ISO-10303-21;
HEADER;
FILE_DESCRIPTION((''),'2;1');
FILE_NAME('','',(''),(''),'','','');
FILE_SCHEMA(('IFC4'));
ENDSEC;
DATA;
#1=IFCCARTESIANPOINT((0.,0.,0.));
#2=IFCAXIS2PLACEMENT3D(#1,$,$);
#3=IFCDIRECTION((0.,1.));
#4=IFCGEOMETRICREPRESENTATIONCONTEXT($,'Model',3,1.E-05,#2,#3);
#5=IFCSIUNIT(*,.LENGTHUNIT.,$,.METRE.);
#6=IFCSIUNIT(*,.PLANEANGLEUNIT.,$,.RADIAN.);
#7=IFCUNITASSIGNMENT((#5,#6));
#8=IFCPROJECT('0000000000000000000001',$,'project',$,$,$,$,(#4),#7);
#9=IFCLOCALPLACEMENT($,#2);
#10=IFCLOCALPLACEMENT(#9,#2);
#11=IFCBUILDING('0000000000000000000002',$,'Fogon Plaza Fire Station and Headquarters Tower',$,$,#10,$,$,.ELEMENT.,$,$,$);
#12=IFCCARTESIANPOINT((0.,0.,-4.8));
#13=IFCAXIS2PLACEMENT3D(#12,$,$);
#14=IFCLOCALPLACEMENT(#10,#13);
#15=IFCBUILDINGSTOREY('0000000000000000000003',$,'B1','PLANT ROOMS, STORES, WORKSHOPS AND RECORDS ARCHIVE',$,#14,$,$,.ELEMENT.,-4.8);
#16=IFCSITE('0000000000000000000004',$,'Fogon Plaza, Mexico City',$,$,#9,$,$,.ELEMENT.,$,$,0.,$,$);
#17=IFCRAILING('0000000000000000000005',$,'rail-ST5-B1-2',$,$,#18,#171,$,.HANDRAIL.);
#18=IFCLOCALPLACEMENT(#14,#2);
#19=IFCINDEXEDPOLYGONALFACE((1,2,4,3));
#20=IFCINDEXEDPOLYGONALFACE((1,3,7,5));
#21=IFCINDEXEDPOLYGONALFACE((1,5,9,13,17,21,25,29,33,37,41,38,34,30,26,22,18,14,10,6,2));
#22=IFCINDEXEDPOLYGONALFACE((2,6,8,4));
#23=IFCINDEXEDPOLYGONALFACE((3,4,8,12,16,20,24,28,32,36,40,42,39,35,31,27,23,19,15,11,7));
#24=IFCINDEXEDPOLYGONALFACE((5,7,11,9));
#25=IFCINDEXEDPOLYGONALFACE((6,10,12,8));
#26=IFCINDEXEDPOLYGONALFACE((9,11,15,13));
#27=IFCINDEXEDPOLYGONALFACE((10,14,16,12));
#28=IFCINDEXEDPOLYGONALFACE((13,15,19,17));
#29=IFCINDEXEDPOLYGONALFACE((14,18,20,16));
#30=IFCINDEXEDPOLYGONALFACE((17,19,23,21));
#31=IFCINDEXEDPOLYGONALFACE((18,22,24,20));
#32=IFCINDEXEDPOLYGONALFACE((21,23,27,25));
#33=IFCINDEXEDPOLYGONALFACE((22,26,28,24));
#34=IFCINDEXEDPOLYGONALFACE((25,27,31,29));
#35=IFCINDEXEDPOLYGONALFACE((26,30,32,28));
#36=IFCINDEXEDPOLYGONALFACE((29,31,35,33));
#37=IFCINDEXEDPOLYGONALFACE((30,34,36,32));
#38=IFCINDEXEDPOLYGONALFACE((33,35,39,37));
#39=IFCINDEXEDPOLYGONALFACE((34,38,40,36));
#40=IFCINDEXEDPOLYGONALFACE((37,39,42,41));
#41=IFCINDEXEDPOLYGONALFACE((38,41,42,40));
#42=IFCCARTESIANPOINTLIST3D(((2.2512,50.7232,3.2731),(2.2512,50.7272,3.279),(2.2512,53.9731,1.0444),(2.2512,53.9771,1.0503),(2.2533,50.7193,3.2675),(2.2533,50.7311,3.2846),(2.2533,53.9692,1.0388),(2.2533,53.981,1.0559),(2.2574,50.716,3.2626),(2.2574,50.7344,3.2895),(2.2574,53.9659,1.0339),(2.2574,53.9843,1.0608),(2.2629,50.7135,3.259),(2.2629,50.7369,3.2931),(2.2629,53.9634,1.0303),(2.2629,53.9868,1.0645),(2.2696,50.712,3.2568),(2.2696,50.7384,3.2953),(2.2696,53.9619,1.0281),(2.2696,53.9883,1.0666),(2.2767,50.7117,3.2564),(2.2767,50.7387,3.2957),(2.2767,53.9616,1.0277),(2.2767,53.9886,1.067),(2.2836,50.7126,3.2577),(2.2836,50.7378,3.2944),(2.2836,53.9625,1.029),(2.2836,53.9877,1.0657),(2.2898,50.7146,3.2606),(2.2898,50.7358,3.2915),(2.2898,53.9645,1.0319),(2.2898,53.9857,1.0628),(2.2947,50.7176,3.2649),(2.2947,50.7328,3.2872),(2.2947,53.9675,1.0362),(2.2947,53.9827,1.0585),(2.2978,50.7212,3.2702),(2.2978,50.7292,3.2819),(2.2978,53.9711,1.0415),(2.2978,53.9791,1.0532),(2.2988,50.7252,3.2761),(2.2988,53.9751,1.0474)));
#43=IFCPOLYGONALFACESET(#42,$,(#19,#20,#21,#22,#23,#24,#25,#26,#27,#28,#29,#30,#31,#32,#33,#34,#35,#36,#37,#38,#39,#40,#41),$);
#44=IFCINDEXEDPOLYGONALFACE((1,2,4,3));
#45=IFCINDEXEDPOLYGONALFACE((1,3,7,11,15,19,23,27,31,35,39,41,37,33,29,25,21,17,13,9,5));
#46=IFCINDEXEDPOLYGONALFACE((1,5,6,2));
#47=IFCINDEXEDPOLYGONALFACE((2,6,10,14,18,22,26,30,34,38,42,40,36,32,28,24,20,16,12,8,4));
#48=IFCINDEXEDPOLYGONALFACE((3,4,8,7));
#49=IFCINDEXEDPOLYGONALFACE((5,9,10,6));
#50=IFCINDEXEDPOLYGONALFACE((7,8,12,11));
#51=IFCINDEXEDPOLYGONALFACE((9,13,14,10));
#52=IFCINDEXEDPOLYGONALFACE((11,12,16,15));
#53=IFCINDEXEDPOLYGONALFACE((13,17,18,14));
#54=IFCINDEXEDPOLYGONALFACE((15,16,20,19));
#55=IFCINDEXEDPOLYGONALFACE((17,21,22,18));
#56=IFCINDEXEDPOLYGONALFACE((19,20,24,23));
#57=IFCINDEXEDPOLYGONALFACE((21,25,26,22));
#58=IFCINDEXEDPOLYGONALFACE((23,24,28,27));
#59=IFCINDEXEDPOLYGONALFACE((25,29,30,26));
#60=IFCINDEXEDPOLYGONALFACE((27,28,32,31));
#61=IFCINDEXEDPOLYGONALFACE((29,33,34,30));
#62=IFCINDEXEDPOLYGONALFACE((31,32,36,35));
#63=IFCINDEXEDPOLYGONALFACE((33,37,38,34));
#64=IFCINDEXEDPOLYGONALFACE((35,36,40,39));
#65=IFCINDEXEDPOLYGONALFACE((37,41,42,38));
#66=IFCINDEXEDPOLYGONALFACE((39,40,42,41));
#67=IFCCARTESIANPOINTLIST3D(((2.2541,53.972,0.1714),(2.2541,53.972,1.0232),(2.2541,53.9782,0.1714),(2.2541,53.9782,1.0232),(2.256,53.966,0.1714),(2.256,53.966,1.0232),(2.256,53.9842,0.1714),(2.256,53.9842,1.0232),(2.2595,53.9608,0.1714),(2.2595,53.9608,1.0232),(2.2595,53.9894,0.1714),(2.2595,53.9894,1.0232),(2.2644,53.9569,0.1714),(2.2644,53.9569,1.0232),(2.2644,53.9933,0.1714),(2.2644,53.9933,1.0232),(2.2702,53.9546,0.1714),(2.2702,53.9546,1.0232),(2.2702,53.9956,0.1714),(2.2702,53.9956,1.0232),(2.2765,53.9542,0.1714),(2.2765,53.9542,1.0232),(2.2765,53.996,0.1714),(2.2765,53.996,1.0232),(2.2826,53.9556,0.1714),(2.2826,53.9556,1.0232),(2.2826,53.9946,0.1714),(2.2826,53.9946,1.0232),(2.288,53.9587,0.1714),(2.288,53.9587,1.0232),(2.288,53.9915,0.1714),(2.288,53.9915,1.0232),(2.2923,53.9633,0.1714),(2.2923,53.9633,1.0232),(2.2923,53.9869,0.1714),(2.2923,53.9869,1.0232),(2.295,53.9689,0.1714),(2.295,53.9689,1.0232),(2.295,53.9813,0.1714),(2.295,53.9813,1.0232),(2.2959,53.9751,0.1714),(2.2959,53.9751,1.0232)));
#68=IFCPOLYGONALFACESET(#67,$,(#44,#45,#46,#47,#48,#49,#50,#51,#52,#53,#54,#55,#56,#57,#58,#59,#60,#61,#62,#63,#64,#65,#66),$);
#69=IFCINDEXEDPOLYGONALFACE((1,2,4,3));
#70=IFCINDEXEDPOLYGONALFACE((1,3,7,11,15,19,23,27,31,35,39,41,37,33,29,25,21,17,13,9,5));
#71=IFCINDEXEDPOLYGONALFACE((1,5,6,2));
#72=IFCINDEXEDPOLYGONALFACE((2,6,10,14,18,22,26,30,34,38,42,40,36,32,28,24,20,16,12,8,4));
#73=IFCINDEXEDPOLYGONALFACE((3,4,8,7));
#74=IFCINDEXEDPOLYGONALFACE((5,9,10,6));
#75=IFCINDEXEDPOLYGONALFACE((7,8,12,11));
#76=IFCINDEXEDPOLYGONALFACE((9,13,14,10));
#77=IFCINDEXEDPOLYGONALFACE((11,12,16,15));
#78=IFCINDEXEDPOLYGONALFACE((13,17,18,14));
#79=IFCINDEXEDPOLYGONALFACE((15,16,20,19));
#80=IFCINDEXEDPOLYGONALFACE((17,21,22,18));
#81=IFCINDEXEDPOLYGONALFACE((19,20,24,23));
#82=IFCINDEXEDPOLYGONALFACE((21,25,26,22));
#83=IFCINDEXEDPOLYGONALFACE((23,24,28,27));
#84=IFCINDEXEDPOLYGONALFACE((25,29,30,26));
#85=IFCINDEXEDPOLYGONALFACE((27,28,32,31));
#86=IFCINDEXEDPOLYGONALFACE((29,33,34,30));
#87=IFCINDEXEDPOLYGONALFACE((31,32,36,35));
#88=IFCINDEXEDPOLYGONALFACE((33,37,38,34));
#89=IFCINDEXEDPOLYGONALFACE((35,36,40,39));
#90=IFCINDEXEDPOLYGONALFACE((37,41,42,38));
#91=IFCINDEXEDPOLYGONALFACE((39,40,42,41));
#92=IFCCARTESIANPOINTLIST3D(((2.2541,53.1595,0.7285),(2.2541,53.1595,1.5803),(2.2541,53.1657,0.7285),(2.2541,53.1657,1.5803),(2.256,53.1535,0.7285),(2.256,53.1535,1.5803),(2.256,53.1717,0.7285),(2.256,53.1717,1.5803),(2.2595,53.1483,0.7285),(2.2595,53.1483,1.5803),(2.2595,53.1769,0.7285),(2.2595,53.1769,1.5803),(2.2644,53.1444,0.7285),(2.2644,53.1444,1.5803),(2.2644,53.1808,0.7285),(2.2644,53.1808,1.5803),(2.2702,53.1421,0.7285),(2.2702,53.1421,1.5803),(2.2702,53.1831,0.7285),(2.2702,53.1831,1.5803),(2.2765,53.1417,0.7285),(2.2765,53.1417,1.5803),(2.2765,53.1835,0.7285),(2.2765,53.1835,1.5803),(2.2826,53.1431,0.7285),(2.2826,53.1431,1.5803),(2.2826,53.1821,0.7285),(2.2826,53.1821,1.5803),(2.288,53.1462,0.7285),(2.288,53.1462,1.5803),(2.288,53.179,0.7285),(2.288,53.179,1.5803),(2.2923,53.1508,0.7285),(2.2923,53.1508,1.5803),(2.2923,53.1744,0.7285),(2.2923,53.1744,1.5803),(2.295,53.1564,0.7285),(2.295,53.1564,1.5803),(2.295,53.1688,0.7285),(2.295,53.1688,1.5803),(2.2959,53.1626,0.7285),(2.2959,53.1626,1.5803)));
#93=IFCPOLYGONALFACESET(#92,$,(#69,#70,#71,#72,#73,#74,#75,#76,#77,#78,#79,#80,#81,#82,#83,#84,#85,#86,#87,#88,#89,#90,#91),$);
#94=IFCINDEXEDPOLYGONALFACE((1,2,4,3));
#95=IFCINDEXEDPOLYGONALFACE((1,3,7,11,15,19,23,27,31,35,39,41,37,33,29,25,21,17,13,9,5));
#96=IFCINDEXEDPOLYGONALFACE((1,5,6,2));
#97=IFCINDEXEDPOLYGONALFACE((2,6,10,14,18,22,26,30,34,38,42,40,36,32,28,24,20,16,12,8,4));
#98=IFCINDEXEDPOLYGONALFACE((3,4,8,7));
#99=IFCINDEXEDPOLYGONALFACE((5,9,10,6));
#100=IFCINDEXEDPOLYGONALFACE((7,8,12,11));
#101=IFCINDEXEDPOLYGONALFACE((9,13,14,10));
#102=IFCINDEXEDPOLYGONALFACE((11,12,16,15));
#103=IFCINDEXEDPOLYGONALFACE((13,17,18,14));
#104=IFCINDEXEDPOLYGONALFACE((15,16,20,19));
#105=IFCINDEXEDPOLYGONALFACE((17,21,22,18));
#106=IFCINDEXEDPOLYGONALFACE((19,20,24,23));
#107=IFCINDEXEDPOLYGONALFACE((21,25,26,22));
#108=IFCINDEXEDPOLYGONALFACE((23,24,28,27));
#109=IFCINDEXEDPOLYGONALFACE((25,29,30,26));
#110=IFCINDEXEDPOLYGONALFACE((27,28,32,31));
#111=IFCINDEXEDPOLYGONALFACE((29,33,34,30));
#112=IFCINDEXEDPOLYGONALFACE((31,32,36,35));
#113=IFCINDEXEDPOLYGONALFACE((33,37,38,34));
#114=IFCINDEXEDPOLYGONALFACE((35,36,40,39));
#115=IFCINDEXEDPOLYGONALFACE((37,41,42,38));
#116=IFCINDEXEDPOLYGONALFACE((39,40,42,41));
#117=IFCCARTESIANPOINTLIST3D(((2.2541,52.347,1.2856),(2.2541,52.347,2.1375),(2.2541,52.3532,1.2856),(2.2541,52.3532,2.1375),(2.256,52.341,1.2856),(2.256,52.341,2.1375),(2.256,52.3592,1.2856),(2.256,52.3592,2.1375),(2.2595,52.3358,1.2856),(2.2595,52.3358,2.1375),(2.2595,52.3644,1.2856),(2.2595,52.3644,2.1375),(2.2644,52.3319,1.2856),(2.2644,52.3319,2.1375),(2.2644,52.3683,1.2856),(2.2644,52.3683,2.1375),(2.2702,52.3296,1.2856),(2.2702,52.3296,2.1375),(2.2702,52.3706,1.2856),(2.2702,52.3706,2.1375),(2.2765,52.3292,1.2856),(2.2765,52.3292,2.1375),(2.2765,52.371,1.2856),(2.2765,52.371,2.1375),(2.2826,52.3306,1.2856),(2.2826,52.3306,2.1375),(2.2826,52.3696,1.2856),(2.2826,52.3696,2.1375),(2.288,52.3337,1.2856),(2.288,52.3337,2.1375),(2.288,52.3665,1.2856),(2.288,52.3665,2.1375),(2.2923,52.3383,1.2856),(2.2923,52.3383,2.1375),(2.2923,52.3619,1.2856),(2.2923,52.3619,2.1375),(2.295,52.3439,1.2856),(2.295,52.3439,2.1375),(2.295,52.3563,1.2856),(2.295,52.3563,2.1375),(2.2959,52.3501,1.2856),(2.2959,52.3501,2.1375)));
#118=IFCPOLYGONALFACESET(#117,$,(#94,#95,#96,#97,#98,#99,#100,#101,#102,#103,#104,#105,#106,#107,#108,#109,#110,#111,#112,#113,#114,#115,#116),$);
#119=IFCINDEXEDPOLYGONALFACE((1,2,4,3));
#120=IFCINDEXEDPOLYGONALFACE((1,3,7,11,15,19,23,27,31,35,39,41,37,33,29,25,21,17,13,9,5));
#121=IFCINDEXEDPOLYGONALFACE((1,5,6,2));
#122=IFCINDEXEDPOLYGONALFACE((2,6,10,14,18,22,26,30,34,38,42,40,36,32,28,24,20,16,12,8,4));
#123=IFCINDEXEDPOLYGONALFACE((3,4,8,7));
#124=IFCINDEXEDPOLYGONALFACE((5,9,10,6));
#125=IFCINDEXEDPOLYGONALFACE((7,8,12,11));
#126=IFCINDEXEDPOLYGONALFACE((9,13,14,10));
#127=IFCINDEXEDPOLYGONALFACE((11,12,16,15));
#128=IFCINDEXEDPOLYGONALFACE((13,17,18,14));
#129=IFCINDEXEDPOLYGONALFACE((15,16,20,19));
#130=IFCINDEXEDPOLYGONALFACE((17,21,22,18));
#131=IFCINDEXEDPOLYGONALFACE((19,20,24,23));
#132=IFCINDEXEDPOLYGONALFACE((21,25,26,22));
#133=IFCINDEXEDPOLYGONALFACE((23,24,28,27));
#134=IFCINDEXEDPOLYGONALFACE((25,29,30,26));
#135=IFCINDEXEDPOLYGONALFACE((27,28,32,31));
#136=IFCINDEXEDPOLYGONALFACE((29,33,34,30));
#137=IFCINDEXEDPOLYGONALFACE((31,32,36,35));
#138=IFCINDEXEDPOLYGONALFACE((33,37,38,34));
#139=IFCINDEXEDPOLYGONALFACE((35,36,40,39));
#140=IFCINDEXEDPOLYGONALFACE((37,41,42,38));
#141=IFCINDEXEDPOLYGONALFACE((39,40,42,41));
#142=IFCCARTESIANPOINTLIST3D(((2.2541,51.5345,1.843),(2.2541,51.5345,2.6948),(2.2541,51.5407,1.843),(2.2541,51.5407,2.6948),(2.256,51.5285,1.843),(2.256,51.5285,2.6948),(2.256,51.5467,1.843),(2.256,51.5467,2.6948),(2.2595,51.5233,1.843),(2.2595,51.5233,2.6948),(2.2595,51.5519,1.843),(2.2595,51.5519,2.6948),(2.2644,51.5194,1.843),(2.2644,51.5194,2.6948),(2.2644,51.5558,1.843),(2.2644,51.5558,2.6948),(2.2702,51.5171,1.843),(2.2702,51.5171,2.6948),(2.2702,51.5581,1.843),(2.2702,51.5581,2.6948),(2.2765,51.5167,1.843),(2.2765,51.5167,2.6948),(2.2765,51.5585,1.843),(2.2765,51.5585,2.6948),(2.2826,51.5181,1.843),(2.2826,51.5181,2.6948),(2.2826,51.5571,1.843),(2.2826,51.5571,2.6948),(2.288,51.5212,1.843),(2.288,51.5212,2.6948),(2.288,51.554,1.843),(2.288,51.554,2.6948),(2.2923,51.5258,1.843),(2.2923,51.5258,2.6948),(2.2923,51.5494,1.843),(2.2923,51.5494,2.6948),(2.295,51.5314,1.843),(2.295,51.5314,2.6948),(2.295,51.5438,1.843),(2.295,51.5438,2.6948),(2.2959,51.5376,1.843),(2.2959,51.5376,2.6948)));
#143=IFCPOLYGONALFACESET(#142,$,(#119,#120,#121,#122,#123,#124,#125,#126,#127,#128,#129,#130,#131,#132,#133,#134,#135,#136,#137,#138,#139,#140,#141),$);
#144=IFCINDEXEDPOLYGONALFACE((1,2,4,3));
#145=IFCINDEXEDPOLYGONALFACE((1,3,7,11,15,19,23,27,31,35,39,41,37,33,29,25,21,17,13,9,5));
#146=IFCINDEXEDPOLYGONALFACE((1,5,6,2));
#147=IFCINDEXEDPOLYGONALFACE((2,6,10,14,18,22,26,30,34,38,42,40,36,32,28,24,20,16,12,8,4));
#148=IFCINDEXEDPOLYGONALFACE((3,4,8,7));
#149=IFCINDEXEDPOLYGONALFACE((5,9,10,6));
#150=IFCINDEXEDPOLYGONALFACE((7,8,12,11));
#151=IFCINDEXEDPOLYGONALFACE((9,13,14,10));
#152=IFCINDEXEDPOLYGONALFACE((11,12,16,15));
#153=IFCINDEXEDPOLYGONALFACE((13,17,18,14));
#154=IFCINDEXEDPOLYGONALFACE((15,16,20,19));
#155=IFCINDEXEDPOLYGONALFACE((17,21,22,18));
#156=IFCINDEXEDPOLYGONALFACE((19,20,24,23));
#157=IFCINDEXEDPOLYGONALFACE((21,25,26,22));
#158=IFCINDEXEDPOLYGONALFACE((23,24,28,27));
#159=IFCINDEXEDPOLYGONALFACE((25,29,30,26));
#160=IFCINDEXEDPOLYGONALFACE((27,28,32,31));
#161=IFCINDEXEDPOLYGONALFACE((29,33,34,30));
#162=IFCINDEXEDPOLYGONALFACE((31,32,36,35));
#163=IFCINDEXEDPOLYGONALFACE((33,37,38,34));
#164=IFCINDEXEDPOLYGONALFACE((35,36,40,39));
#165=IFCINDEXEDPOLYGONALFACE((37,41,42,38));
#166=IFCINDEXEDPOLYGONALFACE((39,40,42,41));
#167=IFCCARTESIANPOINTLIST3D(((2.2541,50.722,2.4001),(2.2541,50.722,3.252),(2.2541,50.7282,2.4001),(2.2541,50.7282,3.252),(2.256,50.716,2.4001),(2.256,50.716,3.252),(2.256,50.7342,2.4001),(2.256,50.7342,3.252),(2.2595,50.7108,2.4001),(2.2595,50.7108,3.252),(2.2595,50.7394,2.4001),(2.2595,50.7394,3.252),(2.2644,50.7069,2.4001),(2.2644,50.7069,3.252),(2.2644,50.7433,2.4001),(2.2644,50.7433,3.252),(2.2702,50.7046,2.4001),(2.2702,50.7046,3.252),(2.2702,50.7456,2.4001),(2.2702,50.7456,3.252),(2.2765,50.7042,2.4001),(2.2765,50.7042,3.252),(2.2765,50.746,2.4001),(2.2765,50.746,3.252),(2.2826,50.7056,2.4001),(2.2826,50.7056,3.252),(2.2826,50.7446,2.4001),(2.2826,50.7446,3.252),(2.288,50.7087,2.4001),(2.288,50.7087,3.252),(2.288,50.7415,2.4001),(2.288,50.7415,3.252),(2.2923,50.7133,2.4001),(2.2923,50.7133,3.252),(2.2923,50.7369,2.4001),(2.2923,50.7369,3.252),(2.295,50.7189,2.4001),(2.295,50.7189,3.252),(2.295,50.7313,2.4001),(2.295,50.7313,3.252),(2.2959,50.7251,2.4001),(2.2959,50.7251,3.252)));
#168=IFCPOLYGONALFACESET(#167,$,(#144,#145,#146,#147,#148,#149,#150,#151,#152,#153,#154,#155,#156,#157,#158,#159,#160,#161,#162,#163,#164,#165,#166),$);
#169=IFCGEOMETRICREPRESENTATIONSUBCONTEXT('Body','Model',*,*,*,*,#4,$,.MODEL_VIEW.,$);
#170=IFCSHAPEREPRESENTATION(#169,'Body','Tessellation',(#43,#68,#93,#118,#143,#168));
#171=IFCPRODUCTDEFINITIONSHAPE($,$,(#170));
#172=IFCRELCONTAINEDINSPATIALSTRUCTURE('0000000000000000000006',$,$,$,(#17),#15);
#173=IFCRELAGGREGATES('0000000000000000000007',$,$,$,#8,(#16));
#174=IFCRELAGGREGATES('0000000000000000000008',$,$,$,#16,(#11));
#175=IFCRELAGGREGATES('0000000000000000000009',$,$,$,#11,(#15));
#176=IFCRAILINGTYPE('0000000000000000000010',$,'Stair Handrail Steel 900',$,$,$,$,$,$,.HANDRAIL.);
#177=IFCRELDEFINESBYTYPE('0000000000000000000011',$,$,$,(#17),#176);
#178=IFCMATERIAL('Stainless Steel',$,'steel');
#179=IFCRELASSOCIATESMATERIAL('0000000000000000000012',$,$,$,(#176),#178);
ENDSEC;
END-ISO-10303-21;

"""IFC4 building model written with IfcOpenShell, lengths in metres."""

from ifc_helpers import new_model, si_unit, direction, frame, origin, origin_2d, place, context, subcontext, project, spatial, circle, extrude, material, type_object, element, save


model = new_model("IFC4")

# Units and contexts
model_context = context("Model", 3, precision=1e-05, world=origin(), true_north=direction((0.0, 1.0)))
body_context = subcontext(model_context, "Body", "Model", "MODEL_VIEW")
ifc_project = project(units=[si_unit("LENGTHUNIT", "METRE"), si_unit("PLANEANGLEUNIT", "RADIAN")], contexts=[model_context])

# Site, building, storey
site_placement = place(None, origin())
site = spatial("IfcSite", under=ifc_project, at=site_placement, Name="Fogon Plaza, Mexico City", CompositionType="ELEMENT", RefElevation=0.0)
building_placement = place(site_placement, origin())
building = spatial("IfcBuilding", under=site, at=building_placement, Name="Fogon Plaza Fire Station and Headquarters Tower", CompositionType="ELEMENT")
storey_placement = place(building_placement, frame((0.0, 0.0, -4.8)))
storey = spatial("IfcBuildingStorey", under=building, at=storey_placement, Name="B1", Description="PLANT ROOMS, STORES, WORKSHOPS AND RECORDS ARCHIVE", CompositionType="ELEMENT", Elevation=-4.8)

# Railing
ifc_material_1 = material(Name="Stainless Steel", Category="steel")
railing_type_1 = type_object("IfcRailingType", Name="Stair Handrail Steel 900", PredefinedType="HANDRAIL", material=ifc_material_1)
for number, where, name in (
    (1, (2.2749, 53.9751, 0.1714), "rail-ST5-B1-2"),
):
    element("IfcRailing", number, at=place(storey_placement, frame(where)), inside=storey, type_object=railing_type_1, Name=name, PredefinedType="HANDRAIL", context=body_context, shape_type="SweptSolid", body=[
        extrude(circle(Radius=0.0239, at=origin_2d()), frame((0.0, 0.0, 0.876), z_axis=(0.0, -0.824707, 0.565561), x_axis=(1.0, 0.0, 0.0)), (0.0, 0.0, 1.0), 3.9407),
        extrude(circle(Radius=0.021, at=origin_2d()), origin(), (0.0, 0.0, 1.0), 0.8518),
        extrude(circle(Radius=0.021, at=origin_2d()), frame((0.0, -0.8125, 0.5571)), (0.0, 0.0, 1.0), 0.8518),
        extrude(circle(Radius=0.021, at=origin_2d()), frame((0.0, -1.625, 1.1143)), (0.0, 0.0, 1.0), 0.8518),
        extrude(circle(Radius=0.021, at=origin_2d()), frame((0.0, -2.4375, 1.6716)), (0.0, 0.0, 1.0), 0.8518),
        extrude(circle(Radius=0.021, at=origin_2d()), frame((0.0, -3.25, 2.2288)), (0.0, 0.0, 1.0), 0.8518),
    ])

save(model, "model.ifc")
